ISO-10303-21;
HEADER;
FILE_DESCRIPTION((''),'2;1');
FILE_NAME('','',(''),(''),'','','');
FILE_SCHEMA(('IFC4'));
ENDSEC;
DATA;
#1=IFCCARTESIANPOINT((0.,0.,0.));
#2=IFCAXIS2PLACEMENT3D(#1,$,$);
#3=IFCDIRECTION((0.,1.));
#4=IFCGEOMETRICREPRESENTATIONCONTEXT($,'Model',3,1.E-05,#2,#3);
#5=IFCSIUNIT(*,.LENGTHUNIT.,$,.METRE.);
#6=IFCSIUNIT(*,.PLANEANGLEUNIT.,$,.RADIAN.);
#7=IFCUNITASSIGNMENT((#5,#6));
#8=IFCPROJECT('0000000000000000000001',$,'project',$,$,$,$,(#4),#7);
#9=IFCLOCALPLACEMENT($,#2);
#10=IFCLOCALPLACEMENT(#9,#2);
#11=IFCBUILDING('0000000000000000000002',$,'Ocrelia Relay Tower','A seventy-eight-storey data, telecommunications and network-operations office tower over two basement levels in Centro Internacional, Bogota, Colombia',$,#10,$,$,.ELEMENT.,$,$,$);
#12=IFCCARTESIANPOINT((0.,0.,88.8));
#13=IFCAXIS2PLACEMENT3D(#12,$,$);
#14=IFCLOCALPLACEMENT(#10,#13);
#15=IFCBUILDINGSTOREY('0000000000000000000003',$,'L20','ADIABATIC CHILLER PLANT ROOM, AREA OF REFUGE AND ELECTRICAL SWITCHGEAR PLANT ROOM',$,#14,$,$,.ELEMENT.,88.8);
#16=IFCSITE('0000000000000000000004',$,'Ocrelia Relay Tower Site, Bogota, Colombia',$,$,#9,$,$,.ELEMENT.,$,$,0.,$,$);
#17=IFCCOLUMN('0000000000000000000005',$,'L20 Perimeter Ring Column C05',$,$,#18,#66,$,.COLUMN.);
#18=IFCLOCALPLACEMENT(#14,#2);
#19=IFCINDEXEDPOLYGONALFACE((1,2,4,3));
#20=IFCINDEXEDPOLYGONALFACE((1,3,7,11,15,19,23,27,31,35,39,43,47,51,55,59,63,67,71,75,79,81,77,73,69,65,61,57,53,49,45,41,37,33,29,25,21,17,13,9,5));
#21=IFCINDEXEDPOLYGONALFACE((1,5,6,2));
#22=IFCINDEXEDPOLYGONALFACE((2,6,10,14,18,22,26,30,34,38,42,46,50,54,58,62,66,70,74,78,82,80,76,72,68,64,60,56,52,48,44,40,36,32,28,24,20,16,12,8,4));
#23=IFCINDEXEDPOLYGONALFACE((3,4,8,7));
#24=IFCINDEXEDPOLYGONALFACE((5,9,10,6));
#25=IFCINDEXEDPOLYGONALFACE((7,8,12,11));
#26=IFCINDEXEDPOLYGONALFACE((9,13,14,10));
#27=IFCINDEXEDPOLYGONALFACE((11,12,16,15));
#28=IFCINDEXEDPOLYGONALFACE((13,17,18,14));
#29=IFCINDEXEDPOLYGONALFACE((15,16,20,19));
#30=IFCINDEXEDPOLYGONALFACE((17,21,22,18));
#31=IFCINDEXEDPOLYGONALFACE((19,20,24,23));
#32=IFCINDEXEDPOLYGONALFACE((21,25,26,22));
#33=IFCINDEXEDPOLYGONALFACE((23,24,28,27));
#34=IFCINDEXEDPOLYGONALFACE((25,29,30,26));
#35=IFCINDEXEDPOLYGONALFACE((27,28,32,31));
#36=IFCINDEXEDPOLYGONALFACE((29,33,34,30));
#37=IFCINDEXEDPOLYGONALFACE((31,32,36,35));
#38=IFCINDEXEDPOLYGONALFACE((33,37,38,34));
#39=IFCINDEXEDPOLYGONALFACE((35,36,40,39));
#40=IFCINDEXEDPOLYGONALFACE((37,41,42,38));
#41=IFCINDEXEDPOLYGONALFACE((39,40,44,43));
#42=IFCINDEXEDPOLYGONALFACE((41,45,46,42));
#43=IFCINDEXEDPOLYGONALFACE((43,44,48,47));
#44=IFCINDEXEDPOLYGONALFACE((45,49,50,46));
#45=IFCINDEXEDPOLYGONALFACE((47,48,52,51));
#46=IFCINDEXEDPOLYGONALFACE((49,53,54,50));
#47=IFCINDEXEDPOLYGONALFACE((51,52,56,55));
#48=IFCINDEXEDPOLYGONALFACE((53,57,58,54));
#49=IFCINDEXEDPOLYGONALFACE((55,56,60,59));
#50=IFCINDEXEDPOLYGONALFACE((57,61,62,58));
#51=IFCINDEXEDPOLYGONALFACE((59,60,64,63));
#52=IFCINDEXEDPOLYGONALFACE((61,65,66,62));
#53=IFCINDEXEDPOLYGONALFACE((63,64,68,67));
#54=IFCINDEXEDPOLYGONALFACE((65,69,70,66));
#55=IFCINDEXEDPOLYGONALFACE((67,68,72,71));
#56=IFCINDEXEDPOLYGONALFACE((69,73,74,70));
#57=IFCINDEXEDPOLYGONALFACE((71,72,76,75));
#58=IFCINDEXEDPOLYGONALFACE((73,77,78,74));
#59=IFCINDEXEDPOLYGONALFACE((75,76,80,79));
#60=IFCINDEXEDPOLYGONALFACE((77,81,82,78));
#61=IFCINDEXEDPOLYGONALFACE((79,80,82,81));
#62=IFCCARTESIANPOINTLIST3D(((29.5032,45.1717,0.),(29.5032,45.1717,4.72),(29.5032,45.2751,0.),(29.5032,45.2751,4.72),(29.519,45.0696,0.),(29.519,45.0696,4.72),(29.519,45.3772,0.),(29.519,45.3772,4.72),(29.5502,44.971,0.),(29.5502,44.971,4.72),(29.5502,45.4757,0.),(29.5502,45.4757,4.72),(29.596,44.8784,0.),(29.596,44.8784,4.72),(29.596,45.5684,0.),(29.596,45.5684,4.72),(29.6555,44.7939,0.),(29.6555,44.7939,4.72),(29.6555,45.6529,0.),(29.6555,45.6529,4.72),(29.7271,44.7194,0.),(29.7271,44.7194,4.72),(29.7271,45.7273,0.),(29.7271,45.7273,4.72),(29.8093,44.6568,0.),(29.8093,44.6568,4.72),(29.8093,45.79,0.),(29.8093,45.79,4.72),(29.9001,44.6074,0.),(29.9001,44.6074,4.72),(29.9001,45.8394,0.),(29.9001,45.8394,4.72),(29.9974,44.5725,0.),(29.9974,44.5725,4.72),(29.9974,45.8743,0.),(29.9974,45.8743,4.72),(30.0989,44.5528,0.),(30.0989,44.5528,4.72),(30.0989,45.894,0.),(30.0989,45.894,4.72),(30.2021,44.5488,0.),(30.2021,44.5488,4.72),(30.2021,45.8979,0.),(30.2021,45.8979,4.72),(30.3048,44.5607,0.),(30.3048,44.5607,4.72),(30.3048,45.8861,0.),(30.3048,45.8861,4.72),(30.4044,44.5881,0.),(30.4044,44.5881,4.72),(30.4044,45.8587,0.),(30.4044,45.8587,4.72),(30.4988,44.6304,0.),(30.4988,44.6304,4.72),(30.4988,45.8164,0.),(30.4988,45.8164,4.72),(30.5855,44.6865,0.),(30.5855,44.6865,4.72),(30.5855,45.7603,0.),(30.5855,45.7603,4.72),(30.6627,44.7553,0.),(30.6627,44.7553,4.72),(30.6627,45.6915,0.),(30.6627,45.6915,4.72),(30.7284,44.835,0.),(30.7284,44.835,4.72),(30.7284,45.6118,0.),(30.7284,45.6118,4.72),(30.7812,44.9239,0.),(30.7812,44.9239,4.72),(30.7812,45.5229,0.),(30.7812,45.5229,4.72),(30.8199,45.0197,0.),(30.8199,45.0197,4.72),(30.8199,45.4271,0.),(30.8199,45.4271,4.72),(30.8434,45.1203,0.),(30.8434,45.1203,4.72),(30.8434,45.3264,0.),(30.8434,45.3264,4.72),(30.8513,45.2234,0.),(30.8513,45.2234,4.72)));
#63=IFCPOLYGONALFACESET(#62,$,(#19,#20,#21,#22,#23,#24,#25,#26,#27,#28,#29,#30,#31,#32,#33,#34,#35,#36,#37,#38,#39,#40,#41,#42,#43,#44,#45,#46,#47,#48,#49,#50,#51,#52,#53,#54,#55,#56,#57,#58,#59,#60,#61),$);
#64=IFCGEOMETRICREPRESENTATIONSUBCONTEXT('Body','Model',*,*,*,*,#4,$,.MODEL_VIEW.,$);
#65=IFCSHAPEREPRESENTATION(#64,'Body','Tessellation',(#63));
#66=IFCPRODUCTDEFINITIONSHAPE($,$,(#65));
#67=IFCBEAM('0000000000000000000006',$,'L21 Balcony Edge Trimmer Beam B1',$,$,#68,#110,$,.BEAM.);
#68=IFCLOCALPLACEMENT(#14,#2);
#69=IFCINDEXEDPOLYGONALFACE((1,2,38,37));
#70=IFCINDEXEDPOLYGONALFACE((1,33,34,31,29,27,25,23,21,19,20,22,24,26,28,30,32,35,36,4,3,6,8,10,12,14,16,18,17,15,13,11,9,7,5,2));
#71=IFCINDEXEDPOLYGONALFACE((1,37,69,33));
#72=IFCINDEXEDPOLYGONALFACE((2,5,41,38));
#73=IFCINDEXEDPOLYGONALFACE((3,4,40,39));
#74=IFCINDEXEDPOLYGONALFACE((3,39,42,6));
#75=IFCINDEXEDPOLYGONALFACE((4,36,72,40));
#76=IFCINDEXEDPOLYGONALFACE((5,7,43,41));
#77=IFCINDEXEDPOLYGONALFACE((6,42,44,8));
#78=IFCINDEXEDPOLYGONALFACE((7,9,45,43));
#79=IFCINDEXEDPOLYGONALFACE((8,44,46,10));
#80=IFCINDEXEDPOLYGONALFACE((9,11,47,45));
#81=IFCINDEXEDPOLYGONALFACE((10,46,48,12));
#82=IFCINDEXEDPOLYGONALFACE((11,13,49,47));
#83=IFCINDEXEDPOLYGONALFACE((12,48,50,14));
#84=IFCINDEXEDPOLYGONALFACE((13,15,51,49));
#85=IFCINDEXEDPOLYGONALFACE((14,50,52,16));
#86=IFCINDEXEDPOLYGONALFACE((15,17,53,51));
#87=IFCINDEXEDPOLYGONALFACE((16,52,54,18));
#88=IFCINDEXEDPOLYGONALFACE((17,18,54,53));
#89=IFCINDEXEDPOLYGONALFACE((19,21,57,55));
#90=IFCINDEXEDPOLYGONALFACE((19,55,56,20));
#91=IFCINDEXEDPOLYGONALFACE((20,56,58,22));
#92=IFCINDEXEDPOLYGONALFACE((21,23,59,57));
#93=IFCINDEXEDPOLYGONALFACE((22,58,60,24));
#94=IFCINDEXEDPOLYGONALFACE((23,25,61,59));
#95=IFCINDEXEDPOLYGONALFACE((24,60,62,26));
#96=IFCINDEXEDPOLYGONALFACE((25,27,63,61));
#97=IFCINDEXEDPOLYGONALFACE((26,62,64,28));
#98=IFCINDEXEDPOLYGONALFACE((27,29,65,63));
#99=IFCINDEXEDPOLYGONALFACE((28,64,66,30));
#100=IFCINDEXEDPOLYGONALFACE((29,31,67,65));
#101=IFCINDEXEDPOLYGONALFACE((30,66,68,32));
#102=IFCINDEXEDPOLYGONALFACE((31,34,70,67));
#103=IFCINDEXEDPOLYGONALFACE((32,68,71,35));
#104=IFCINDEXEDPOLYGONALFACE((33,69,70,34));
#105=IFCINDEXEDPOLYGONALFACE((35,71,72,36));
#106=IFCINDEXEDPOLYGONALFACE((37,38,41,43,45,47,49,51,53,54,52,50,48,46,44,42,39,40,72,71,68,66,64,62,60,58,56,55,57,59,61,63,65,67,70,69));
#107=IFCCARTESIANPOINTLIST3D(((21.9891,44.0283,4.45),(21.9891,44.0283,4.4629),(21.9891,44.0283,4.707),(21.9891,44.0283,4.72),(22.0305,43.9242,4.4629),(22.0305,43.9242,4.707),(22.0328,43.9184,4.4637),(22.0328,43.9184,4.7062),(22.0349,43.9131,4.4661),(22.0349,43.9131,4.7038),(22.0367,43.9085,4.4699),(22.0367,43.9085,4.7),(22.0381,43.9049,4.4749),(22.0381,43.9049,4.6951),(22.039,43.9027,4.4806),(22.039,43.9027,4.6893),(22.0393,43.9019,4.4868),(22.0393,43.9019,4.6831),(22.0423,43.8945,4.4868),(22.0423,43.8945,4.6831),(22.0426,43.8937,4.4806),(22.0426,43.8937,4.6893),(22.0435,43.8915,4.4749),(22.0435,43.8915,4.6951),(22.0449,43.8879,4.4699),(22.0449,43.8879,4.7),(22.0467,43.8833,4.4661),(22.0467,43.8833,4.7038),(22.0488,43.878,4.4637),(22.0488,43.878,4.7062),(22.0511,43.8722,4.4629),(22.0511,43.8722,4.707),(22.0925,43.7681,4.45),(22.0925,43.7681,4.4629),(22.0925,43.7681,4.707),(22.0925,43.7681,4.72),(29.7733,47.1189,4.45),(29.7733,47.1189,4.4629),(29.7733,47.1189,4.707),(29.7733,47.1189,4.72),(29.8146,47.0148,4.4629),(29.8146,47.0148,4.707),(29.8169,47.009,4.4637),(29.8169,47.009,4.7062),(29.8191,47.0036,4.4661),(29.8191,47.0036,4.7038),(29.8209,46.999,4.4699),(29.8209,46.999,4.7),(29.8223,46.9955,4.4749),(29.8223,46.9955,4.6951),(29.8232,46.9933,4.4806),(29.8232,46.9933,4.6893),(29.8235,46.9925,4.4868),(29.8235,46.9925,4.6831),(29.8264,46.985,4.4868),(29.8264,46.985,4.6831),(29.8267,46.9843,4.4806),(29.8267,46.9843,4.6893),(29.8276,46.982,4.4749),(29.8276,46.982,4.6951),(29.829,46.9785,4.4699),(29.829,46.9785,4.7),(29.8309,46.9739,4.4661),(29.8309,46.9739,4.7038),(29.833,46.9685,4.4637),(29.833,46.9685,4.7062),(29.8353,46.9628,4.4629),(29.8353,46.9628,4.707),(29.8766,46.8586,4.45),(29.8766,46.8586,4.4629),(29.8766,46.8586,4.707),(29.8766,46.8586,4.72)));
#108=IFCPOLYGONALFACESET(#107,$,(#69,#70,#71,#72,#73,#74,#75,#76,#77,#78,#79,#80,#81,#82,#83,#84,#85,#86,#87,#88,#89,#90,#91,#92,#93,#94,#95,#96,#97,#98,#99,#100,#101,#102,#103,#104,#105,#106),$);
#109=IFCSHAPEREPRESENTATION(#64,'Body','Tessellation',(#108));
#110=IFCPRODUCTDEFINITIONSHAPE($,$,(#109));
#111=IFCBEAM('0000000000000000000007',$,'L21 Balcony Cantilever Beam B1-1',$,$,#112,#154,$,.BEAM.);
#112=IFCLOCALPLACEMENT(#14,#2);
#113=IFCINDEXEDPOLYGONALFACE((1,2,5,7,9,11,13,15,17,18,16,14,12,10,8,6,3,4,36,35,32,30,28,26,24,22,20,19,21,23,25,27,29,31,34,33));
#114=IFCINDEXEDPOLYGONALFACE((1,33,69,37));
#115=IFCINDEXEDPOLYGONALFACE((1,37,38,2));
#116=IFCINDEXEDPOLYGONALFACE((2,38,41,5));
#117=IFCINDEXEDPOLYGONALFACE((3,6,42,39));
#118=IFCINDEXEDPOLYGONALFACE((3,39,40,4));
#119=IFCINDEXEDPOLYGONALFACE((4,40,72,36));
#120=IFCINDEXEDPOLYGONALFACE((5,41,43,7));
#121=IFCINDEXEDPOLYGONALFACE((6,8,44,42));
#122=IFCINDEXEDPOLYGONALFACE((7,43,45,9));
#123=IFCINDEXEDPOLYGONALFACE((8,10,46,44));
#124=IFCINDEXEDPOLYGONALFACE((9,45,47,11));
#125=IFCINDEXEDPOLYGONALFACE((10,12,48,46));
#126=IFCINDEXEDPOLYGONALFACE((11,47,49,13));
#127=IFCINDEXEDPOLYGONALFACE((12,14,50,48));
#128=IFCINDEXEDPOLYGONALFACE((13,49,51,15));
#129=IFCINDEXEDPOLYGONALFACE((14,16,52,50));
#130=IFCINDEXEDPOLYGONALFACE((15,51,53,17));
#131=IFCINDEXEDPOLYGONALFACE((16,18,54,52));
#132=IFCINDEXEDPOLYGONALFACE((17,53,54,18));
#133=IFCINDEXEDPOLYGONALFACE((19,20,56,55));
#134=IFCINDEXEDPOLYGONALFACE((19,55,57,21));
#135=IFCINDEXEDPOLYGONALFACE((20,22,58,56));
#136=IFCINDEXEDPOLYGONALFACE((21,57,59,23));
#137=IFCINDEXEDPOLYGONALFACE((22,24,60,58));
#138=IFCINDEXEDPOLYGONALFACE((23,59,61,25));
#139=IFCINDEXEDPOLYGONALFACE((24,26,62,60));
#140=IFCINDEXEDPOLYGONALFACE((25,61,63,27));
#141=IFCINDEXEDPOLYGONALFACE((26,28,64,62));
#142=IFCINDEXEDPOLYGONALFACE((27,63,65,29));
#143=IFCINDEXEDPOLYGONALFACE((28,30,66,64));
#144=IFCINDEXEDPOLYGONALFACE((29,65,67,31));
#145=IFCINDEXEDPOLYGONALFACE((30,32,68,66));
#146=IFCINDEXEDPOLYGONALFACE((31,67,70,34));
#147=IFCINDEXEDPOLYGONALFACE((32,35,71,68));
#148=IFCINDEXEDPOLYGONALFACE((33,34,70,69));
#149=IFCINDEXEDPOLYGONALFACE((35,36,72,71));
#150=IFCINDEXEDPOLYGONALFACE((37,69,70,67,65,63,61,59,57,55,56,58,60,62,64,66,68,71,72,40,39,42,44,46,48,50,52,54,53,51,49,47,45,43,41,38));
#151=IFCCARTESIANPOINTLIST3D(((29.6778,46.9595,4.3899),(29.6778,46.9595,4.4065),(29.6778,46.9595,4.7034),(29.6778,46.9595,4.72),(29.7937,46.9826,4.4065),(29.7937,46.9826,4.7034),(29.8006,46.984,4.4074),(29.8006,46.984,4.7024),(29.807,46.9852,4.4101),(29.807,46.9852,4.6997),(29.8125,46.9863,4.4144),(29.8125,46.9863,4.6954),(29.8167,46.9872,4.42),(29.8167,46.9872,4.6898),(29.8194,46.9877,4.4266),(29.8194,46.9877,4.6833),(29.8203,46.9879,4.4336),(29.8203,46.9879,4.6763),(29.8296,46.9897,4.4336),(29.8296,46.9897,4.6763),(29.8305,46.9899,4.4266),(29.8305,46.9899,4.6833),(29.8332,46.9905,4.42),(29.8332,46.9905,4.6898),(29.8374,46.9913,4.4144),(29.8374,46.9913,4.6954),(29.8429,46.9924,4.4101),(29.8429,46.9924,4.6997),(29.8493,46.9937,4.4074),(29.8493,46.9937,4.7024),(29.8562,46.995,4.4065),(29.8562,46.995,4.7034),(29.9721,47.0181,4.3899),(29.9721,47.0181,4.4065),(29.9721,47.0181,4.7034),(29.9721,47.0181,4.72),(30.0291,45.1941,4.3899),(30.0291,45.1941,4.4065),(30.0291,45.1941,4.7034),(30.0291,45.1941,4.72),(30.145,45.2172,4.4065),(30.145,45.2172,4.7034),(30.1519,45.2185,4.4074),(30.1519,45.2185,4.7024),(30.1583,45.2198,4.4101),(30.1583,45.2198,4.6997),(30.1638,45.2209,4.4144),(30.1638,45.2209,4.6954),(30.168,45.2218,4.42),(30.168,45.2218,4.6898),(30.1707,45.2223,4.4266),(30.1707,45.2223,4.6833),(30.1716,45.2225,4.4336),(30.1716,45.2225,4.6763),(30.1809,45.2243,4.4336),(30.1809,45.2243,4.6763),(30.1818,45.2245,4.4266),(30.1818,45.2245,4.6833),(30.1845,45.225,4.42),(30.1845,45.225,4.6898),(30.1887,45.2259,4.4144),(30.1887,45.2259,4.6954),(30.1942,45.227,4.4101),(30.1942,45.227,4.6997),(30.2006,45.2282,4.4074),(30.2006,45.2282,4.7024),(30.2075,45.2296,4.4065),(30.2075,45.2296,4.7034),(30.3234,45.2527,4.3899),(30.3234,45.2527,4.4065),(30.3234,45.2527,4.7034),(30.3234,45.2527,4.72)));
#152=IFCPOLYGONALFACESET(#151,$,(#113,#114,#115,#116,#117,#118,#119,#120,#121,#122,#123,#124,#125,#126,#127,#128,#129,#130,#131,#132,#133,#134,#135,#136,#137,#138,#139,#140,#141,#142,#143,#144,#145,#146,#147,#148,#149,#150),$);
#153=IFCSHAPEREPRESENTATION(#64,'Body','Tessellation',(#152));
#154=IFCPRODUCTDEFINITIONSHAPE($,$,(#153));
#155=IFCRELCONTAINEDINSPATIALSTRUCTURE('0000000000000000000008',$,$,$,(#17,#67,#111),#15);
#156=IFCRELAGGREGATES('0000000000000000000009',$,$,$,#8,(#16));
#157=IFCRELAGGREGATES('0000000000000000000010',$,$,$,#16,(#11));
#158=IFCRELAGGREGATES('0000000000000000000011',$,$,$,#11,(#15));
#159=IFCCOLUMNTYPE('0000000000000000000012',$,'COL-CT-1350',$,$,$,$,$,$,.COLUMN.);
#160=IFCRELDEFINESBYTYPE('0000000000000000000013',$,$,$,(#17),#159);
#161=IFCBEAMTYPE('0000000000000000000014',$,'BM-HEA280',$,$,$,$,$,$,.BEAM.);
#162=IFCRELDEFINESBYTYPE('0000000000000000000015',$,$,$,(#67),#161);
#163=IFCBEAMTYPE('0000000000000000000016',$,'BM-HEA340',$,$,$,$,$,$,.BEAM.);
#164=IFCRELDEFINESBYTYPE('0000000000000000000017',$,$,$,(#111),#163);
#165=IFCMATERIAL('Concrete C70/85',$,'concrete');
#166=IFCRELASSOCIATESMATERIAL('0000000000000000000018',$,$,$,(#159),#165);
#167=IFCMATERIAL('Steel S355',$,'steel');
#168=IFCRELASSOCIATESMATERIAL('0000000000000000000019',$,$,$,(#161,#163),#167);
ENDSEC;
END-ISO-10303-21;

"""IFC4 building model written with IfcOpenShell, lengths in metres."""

from ifc_helpers import new_model, si_unit, direction, frame, origin, origin_2d, place, context, subcontext, project, spatial, circle, i_section, extrude, material, material_profile, profile_set, type_object, element, save


model = new_model("IFC4")

# Units and contexts
model_context = context("Model", 3, precision=1e-05, world=origin(), true_north=direction((0.0, 1.0)))
body_context = subcontext(model_context, "Body", "Model", "MODEL_VIEW")
ifc_project = project(units=[si_unit("LENGTHUNIT", "METRE"), si_unit("PLANEANGLEUNIT", "RADIAN")], contexts=[model_context])

# Site, building, storey
site_placement = place(None, origin())
site = spatial("IfcSite", under=ifc_project, at=site_placement, Name="Ocrelia Relay Tower Site, Bogota, Colombia", CompositionType="ELEMENT", RefElevation=0.0)
building_placement = place(site_placement, origin())
building = spatial("IfcBuilding", under=site, at=building_placement, Name="Ocrelia Relay Tower", Description="A seventy-eight-storey data, telecommunications and network-operations office tower over two basement levels in Centro Internacional, Bogota, Colombia", CompositionType="ELEMENT")
storey_placement = place(building_placement, frame((0.0, 0.0, 88.8)))
storey = spatial("IfcBuildingStorey", under=building, at=storey_placement, Name="L20", Description="ADIABATIC CHILLER PLANT ROOM, AREA OF REFUGE AND ELECTRICAL SWITCHGEAR PLANT ROOM", CompositionType="ELEMENT", Elevation=88.8)

# Column
ifc_material_1 = material(Name="Concrete C70/85", Category="concrete")
ifc_material_profile_1 = material_profile(ifc_material_1, circle(Radius=0.675, at=origin_2d()), Name="RC-CIR-1350")
ifc_profile_set_1 = profile_set([ifc_material_profile_1], Name="Concrete C70/85")
column_type = type_object("IfcColumnType", Name="COL-CT-1350", PredefinedType="COLUMN", material=ifc_profile_set_1)
column_placement = place(storey_placement, frame((30.1763, 45.2234, 0.0), z_axis=(0.0, 0.0, 1.0), x_axis=(1.0, 0.0, 0.0)))
element("IfcColumn", 1, at=column_placement, inside=storey, type_object=column_type, Name="L20 Perimeter Ring Column C05", PredefinedType="COLUMN", context=body_context, shape_type="SweptSolid", body=[
    extrude(circle(Radius=0.675, at=origin_2d()), origin(), (0.0, 0.0, 1.0), 4.72),
])

# Beams
ifc_material_2 = material(Name="Steel S355", Category="steel")
ifc_material_profile_2 = material_profile(ifc_material_2, i_section(OverallWidth=0.28, OverallDepth=0.27, WebThickness=0.0081, FlangeThickness=0.0129, FilletRadius=0.0239, at=origin_2d()), Name="HEA 280")
ifc_profile_set_2 = profile_set([ifc_material_profile_2], Name="Steel S355")
beam_type_1 = type_object("IfcBeamType", Name="BM-HEA280", PredefinedType="BEAM", material=ifc_profile_set_2)
beam_1_placement = place(storey_placement, frame((29.825, 46.9888, 4.585), z_axis=(-0.929425, -0.369012, 0.0), x_axis=(0.369012, -0.929425, 0.0)))
element("IfcBeam", 2, at=beam_1_placement, inside=storey, type_object=beam_type_1, Name="L21 Balcony Edge Trimmer Beam B1", PredefinedType="BEAM", context=body_context, shape_type="SweptSolid", body=[
    extrude(i_section(OverallWidth=0.28, OverallDepth=0.27, WebThickness=0.0081, FlangeThickness=0.0129, FilletRadius=0.0239, at=origin_2d()), origin(), (0.0, 0.0, 1.0), 8.3752),
])
ifc_material_profile_3 = material_profile(ifc_material_2, i_section(OverallWidth=0.3, OverallDepth=0.3301, WebThickness=0.0095, FlangeThickness=0.0166, FilletRadius=0.0271, at=origin_2d()), Name="HEA 340")
ifc_profile_set_3 = profile_set([ifc_material_profile_3], Name="Steel S355")
beam_type_2 = type_object("IfcBeamType", Name="BM-HEA340", PredefinedType="BEAM", material=ifc_profile_set_3)
beam_2_placement = place(storey_placement, frame((30.1763, 45.2234, 4.5549), z_axis=(-0.195177, 0.980768, 0.0), x_axis=(-0.980768, -0.195177, 0.0)))
element("IfcBeam", 3, at=beam_2_placement, inside=storey, type_object=beam_type_2, Name="L21 Balcony Cantilever Beam B1-1", PredefinedType="BEAM", context=body_context, shape_type="SweptSolid", body=[
    extrude(i_section(OverallWidth=0.3, OverallDepth=0.3301, WebThickness=0.0095, FlangeThickness=0.0166, FilletRadius=0.0271, at=origin_2d()), origin(), (0.0, 0.0, 1.0), 1.8),
])

save(model, "model.ifc")
